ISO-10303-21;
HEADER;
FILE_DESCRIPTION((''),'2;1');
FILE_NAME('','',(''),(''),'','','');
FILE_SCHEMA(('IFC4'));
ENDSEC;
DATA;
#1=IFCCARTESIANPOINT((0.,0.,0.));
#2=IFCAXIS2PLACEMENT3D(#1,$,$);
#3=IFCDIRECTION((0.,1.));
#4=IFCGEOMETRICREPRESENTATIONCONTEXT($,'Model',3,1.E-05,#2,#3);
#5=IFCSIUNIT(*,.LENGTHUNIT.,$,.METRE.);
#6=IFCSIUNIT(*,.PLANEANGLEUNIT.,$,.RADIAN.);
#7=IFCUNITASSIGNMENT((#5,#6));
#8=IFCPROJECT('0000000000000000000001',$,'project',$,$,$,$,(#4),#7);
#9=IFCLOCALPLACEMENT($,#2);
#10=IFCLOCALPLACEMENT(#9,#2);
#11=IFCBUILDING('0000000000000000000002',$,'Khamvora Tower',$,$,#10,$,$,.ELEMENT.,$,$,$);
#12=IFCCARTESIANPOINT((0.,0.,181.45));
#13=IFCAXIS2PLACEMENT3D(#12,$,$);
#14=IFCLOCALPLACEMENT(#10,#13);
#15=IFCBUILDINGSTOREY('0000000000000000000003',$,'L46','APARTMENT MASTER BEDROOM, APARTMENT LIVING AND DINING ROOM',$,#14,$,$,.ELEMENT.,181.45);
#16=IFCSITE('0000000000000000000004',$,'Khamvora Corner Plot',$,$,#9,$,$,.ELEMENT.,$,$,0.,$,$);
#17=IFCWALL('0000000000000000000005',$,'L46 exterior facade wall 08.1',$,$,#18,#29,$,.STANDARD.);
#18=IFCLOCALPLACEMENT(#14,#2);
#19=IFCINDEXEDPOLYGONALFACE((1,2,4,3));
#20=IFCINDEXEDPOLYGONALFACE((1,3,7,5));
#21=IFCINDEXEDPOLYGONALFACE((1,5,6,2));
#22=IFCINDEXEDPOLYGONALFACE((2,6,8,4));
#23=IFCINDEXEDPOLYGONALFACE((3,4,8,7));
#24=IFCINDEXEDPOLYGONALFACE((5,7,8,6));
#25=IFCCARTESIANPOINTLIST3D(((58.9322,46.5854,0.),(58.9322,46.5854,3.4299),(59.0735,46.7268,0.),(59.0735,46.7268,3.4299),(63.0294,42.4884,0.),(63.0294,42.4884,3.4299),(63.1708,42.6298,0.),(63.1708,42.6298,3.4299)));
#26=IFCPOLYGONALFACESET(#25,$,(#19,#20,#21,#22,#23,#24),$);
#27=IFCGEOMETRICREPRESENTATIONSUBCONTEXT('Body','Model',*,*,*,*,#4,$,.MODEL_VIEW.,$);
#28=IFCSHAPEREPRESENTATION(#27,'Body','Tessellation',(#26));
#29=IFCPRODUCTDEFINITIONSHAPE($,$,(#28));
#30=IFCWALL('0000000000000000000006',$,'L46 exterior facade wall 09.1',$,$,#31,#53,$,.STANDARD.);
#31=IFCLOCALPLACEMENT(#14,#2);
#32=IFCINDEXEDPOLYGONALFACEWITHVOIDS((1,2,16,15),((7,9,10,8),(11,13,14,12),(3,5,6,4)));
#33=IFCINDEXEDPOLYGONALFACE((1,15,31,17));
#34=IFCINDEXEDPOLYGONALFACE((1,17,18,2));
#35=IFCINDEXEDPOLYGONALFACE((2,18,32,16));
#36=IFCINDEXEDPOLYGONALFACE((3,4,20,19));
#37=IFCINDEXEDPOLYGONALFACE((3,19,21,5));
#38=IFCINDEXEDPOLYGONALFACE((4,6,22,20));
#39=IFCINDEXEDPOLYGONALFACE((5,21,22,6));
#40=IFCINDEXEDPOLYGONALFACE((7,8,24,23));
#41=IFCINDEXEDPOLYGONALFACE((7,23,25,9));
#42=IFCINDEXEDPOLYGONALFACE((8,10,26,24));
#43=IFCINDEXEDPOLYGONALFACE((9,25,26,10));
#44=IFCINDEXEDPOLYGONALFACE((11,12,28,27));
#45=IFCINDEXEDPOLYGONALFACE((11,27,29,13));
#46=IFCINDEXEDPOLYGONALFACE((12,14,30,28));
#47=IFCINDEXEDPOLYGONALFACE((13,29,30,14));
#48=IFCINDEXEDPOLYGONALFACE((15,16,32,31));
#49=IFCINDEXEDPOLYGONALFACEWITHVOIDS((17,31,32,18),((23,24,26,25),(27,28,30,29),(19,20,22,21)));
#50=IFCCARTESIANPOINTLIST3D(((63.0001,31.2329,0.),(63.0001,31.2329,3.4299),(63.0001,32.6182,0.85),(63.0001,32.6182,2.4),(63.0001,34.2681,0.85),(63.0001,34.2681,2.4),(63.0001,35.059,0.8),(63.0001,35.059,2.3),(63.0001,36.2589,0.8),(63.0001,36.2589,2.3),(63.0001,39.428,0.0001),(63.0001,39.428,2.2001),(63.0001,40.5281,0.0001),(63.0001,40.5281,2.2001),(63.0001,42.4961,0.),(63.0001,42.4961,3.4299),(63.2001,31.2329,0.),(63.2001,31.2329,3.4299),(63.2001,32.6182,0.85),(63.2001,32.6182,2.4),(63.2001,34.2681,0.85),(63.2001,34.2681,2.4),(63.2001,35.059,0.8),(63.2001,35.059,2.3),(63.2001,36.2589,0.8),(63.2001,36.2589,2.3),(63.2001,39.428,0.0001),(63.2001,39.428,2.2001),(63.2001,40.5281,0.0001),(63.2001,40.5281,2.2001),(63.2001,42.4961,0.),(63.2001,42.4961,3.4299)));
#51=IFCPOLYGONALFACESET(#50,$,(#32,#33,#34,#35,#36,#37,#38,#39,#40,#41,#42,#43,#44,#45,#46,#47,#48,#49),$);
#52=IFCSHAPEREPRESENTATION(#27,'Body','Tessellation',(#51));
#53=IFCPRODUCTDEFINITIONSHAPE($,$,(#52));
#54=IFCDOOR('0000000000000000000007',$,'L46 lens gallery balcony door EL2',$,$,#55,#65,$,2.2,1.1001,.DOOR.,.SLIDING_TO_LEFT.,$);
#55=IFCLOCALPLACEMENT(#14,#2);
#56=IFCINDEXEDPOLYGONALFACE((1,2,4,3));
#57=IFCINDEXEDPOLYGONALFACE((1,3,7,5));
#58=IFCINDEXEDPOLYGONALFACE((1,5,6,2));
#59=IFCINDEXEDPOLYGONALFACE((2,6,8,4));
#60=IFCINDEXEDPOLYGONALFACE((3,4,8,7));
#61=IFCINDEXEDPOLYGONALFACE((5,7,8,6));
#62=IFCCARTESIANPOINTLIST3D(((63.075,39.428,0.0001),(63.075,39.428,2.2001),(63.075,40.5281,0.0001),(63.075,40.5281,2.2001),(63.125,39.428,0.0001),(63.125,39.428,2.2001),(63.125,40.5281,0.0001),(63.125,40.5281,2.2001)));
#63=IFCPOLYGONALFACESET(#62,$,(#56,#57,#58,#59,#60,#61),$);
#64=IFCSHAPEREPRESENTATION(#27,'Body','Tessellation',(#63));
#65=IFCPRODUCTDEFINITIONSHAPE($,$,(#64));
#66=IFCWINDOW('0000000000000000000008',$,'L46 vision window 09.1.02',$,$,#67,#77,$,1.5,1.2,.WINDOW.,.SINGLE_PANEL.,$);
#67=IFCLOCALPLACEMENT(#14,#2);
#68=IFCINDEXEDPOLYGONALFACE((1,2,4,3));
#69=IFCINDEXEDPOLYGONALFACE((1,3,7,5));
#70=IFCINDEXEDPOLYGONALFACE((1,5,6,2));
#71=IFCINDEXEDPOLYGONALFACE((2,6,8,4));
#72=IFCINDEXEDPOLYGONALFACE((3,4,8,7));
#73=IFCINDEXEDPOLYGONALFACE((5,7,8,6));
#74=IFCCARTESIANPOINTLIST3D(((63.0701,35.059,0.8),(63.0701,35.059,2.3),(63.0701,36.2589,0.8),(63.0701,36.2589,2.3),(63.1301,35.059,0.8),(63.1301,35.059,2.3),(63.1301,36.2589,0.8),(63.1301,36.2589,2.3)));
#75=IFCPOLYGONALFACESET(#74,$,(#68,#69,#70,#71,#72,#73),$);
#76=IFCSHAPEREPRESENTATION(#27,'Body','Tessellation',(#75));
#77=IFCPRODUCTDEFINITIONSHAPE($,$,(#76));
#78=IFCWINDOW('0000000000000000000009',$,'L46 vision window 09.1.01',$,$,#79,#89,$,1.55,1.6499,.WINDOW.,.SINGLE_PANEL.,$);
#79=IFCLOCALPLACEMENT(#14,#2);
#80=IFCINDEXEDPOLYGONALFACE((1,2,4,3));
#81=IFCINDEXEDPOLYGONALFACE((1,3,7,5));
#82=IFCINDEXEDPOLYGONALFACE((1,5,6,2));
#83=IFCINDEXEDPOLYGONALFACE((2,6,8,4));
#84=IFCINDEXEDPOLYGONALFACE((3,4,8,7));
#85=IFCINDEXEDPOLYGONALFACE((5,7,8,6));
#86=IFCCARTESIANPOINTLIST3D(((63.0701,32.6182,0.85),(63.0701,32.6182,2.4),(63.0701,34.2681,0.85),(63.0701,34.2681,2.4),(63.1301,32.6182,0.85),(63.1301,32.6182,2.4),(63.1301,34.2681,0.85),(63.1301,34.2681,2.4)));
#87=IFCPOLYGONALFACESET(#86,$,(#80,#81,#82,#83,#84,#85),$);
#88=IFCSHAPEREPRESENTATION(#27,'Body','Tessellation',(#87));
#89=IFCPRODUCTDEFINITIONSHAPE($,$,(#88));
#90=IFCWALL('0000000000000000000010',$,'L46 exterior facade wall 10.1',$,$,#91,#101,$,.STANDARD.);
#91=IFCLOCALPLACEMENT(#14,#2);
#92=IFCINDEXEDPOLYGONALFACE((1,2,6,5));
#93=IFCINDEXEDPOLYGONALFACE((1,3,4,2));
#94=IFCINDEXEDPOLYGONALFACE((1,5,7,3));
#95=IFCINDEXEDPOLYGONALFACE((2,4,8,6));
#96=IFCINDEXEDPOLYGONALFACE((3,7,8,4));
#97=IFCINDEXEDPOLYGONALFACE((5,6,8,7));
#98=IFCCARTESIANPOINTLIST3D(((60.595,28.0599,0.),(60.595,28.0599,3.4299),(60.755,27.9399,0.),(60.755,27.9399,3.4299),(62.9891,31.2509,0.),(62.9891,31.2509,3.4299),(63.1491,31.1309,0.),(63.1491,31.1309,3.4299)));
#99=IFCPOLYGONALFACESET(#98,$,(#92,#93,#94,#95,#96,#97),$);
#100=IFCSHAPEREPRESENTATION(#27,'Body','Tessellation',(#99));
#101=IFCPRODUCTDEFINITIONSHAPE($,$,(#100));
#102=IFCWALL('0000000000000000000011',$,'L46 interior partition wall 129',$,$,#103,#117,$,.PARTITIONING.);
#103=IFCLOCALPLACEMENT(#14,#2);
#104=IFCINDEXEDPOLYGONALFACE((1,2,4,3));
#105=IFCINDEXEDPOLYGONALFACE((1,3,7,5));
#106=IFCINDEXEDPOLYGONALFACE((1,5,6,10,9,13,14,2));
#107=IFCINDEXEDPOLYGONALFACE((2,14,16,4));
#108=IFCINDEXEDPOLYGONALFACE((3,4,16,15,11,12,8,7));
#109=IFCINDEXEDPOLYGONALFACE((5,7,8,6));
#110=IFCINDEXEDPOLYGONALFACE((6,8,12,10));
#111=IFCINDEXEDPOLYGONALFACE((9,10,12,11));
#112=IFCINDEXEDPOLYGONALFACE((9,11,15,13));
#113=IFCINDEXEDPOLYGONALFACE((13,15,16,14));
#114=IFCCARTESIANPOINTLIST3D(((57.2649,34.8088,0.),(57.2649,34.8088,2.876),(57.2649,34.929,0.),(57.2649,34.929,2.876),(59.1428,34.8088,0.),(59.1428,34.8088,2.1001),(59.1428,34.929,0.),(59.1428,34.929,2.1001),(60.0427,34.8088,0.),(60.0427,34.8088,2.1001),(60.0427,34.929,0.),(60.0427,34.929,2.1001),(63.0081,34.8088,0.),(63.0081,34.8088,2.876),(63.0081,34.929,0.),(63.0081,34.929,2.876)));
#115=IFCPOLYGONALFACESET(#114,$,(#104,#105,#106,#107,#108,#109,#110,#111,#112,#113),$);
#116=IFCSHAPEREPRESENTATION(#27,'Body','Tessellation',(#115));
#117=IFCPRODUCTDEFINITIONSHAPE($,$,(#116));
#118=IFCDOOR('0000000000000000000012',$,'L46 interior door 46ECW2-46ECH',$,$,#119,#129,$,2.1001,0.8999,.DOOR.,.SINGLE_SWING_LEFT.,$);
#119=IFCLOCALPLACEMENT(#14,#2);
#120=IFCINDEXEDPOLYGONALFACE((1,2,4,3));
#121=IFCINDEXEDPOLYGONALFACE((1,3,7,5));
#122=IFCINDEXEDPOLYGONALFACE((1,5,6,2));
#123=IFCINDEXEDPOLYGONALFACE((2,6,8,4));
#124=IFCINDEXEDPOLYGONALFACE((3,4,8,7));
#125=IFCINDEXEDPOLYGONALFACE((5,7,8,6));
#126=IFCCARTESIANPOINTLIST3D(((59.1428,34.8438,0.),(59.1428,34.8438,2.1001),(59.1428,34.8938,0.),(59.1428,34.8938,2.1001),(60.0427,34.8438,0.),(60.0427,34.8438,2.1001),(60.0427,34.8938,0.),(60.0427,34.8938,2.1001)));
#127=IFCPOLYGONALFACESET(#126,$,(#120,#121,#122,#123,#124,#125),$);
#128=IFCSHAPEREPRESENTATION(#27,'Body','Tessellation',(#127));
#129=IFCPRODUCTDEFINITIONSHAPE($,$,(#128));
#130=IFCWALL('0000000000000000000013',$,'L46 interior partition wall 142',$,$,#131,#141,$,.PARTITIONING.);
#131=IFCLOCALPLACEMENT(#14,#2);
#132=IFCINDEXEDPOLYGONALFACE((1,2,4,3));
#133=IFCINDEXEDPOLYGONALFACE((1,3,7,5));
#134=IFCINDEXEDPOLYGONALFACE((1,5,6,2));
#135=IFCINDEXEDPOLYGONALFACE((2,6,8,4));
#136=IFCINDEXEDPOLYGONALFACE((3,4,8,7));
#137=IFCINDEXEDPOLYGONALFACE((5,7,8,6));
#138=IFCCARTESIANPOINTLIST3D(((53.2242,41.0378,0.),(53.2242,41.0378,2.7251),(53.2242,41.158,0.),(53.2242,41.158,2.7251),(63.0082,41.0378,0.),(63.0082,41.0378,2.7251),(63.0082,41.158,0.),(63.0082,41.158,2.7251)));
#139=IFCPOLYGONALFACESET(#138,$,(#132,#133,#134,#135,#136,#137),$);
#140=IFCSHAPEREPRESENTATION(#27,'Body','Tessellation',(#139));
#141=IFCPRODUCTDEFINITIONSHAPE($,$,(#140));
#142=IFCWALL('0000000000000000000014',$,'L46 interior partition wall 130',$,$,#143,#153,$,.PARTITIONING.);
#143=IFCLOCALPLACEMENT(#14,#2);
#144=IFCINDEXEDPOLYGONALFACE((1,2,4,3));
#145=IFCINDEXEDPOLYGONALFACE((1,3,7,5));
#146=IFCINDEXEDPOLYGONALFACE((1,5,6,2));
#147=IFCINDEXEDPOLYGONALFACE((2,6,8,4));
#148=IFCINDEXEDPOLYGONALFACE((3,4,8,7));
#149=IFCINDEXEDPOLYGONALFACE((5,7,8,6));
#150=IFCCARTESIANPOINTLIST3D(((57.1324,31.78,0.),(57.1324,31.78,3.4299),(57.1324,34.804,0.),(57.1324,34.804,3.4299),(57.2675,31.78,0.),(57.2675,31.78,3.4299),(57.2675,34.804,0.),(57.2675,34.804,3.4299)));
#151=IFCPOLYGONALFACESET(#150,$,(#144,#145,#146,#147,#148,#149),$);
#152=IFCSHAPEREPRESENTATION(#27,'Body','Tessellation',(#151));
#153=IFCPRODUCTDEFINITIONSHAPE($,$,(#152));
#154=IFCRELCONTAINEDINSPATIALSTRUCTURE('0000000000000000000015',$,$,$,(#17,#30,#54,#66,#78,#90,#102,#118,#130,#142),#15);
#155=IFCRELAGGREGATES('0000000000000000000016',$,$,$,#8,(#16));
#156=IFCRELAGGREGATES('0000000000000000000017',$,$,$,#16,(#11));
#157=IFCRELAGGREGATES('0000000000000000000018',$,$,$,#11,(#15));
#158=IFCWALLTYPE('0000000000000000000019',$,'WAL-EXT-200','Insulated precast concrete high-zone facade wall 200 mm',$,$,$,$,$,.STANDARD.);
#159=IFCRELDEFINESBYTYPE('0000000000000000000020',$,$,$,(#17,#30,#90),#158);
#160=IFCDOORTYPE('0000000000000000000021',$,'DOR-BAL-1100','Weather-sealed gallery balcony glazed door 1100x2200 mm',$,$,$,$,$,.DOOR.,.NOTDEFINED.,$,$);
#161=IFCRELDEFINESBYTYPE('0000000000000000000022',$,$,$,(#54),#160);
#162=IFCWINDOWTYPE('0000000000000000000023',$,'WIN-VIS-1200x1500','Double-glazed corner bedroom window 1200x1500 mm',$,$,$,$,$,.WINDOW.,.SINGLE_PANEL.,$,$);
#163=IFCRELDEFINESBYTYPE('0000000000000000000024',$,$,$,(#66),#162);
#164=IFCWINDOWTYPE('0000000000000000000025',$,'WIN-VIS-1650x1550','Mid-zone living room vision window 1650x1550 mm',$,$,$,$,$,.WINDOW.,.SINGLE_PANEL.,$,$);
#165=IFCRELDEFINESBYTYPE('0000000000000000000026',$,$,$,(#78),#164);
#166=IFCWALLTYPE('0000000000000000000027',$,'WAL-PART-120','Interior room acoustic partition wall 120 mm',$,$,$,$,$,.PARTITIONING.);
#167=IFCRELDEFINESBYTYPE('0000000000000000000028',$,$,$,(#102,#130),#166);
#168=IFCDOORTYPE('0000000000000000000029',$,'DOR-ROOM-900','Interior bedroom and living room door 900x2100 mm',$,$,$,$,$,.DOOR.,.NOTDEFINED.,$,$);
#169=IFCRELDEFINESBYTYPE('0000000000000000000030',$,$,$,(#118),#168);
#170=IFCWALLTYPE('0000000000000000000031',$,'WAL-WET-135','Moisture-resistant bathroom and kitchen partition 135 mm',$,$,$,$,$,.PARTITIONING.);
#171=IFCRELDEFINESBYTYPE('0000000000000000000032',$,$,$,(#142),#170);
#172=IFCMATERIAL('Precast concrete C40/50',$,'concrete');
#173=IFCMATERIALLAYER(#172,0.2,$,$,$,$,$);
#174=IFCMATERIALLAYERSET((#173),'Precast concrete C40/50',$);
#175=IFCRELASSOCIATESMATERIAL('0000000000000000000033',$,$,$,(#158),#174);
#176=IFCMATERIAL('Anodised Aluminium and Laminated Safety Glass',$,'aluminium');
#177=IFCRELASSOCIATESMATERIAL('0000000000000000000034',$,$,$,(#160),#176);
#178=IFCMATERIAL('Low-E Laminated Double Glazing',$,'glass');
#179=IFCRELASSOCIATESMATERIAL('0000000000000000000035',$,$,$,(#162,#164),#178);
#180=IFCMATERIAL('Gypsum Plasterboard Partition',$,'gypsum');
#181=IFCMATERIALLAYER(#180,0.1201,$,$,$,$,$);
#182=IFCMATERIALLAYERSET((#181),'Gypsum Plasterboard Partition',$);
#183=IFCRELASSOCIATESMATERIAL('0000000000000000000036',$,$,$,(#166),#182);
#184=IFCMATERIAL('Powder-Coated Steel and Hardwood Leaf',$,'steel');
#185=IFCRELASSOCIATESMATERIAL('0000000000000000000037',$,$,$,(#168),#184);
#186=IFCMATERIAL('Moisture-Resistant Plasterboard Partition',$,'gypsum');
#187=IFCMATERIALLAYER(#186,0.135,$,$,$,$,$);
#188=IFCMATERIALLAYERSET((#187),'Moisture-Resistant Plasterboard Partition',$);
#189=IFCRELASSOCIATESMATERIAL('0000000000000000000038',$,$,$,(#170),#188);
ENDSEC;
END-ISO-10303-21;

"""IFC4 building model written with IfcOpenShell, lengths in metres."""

from ifc_helpers import new_model, si_unit, direction, frame, frame_2d, origin, place, context, subcontext, project, spatial, rectangle, extrude, material, layer, layer_set, type_object, element, fill, save


model = new_model("IFC4")

# Units and contexts
model_context = context("Model", 3, precision=1e-05, world=origin(), true_north=direction((0.0, 1.0)))
body_context = subcontext(model_context, "Body", "Model", "MODEL_VIEW")
ifc_project = project(units=[si_unit("LENGTHUNIT", "METRE"), si_unit("PLANEANGLEUNIT", "RADIAN")], contexts=[model_context])

# Site, building, storey
site_placement = place(None, origin())
site = spatial("IfcSite", under=ifc_project, at=site_placement, Name="Khamvora Corner Plot", CompositionType="ELEMENT", RefElevation=0.0)
building_placement = place(site_placement, origin())
building = spatial("IfcBuilding", under=site, at=building_placement, Name="Khamvora Tower", CompositionType="ELEMENT")
storey_placement = place(building_placement, frame((0.0, 0.0, 181.45)))
storey = spatial("IfcBuildingStorey", under=building, at=storey_placement, Name="L46", Description="APARTMENT MASTER BEDROOM, APARTMENT LIVING AND DINING ROOM", CompositionType="ELEMENT", Elevation=181.45)

# Shared definitions
ifc_material_1 = material(Name="Powder-Coated Steel and Hardwood Leaf", Category="steel")

# Wall
ifc_material_2 = material(Name="Precast concrete C40/50", Category="concrete")
ifc_layer_1 = layer(ifc_material_2, 0.2)
ifc_layer_set_1 = layer_set([ifc_layer_1], Name="Precast concrete C40/50")
wall_type_1 = type_object("IfcWallType", Name="WAL-EXT-200", Description="Insulated precast concrete high-zone facade wall 200 mm", PredefinedType="STANDARD", material=ifc_layer_set_1)
wall_1_placement = place(storey_placement, frame((59.0029, 46.656, 0.0), z_axis=(0.0, 0.0, 1.0), x_axis=(0.707128, -0.707086, 0.0)))
element("IfcWall", 1, at=wall_1_placement, inside=storey, type_object=wall_type_1, Name="L46 exterior facade wall 08.1", PredefinedType="STANDARD", context=body_context, shape_type="SweptSolid", body=[
    extrude(rectangle(XDim=5.7942, YDim=0.2, at=frame_2d((2.897, 0.0))), origin(), (0.0, 0.0, 1.0), 3.4299),
])

# Wall, openings, door, windows
wall_2_placement = place(storey_placement, frame((63.1001, 42.4961, 0.0), z_axis=(0.0, 0.0, 1.0), x_axis=(0.0, -1.0, 0.0)))
wall_2 = element("IfcWall", 2, at=wall_2_placement, inside=storey, type_object=wall_type_1, Name="L46 exterior facade wall 09.1", PredefinedType="STANDARD", context=body_context, shape_type="SweptSolid", body=[
    extrude(rectangle(XDim=11.2632, YDim=0.2, at=frame_2d((5.6316, 0.0))), origin(), (0.0, 0.0, 1.0), 3.4299),
])
opening_1_placement = place(wall_2_placement, frame((1.968, 0.0, 0.0)))
opening_1 = element("IfcOpeningElement", 3, at=opening_1_placement, cuts=wall_2, PredefinedType="OPENING", context=body_context, shape_type="SweptSolid", body=[
    extrude(rectangle(XDim=1.1001, YDim=2.2, at=frame_2d((0.55, 1.1001))), frame((0.0, 0.1099, 0.0), z_axis=(0.0, -1.0, 0.0), x_axis=(1.0, 0.0, 0.0)), (0.0, 0.0, 1.0), 0.22),
])
opening_2_placement = place(wall_2_placement, frame((8.228, 0.0, 0.8501)))
opening_2 = element("IfcOpeningElement", 4, at=opening_2_placement, cuts=wall_2, PredefinedType="OPENING", context=body_context, shape_type="SweptSolid", body=[
    extrude(rectangle(XDim=1.6499, YDim=1.55, at=frame_2d((0.825, 0.7749))), frame((0.0, 0.1099, 0.0), z_axis=(0.0, -1.0, 0.0), x_axis=(1.0, 0.0, 0.0)), (0.0, 0.0, 1.0), 0.22),
])
opening_3_placement = place(wall_2_placement, frame((6.2371, 0.0, 0.8)))
opening_3 = element("IfcOpeningElement", 5, at=opening_3_placement, cuts=wall_2, PredefinedType="OPENING", context=body_context, shape_type="SweptSolid", body=[
    extrude(rectangle(XDim=1.2, YDim=1.5, at=frame_2d((0.6001, 0.75))), frame((0.0, 0.1099, 0.0), z_axis=(0.0, -1.0, 0.0), x_axis=(1.0, 0.0, 0.0)), (0.0, 0.0, 1.0), 0.22),
])
ifc_material_3 = material(Name="Anodised Aluminium and Laminated Safety Glass", Category="aluminium")
door_type_1 = type_object("IfcDoorType", Name="DOR-BAL-1100", Description="Weather-sealed gallery balcony glazed door 1100x2200 mm", OperationType="NOTDEFINED", PredefinedType="DOOR", material=ifc_material_3)
door_1_placement = place(opening_1_placement, origin())
door_1 = element("IfcDoor", 6, at=door_1_placement, inside=storey, type_object=door_type_1, Name="L46 lens gallery balcony door EL2", OperationType="SLIDING_TO_LEFT", OverallHeight=2.2, OverallWidth=1.1001, PredefinedType="DOOR", context=body_context, shape_type="SweptSolid", body=[
    extrude(rectangle(XDim=1.1001, YDim=2.2, at=frame_2d((0.55, 1.1001))), frame((0.0, 0.0249, 0.0), z_axis=(0.0, -1.0, 0.0), x_axis=(1.0, 0.0, 0.0)), (0.0, 0.0, 1.0), 0.05),
])
fill(opening_1, door_1)
ifc_material_4 = material(Name="Low-E Laminated Double Glazing", Category="glass")
window_type_1 = type_object("IfcWindowType", Name="WIN-VIS-1200x1500", Description="Double-glazed corner bedroom window 1200x1500 mm", PartitioningType="SINGLE_PANEL", PredefinedType="WINDOW", material=ifc_material_4)
window_1_placement = place(opening_3_placement, origin())
window_1 = element("IfcWindow", 7, at=window_1_placement, inside=storey, type_object=window_type_1, Name="L46 vision window 09.1.02", OverallHeight=1.5, OverallWidth=1.2, PartitioningType="SINGLE_PANEL", PredefinedType="WINDOW", context=body_context, shape_type="SweptSolid", body=[
    extrude(rectangle(XDim=1.2, YDim=1.5, at=frame_2d((0.6001, 0.75))), frame((0.0, 0.03, 0.0), z_axis=(0.0, -1.0, 0.0), x_axis=(1.0, 0.0, 0.0)), (0.0, 0.0, 1.0), 0.0601),
])
fill(opening_3, window_1)
window_type_2 = type_object("IfcWindowType", Name="WIN-VIS-1650x1550", Description="Mid-zone living room vision window 1650x1550 mm", PartitioningType="SINGLE_PANEL", PredefinedType="WINDOW", material=ifc_material_4)
window_2_placement = place(opening_2_placement, origin())
window_2 = element("IfcWindow", 8, at=window_2_placement, inside=storey, type_object=window_type_2, Name="L46 vision window 09.1.01", OverallHeight=1.55, OverallWidth=1.6499, PartitioningType="SINGLE_PANEL", PredefinedType="WINDOW", context=body_context, shape_type="SweptSolid", body=[
    extrude(rectangle(XDim=1.6499, YDim=1.55, at=frame_2d((0.825, 0.7749))), frame((0.0, 0.03, 0.0), z_axis=(0.0, -1.0, 0.0), x_axis=(1.0, 0.0, 0.0)), (0.0, 0.0, 1.0), 0.0601),
])
fill(opening_2, window_2)

# Wall
wall_3_placement = place(storey_placement, frame((63.0691, 31.1909, 0.0), z_axis=(0.0, 0.0, 1.0), x_axis=(-0.600137, -0.799897, 0.0)))
element("IfcWall", 9, at=wall_3_placement, inside=storey, type_object=wall_type_1, Name="L46 exterior facade wall 10.1", PredefinedType="STANDARD", context=body_context, shape_type="SweptSolid", body=[
    extrude(rectangle(XDim=3.9893, YDim=0.2, at=frame_2d((1.9946, 0.0))), origin(), (0.0, 0.0, 1.0), 3.4299),
])

# Wall, opening, door
ifc_material_5 = material(Name="Gypsum Plasterboard Partition", Category="gypsum")
ifc_layer_2 = layer(ifc_material_5, 0.1201)
ifc_layer_set_2 = layer_set([ifc_layer_2], Name="Gypsum Plasterboard Partition")
wall_type_2 = type_object("IfcWallType", Name="WAL-PART-120", Description="Interior room acoustic partition wall 120 mm", PredefinedType="PARTITIONING", material=ifc_layer_set_2)
wall_4_placement = place(storey_placement, frame((57.2649, 34.8689, 0.0), z_axis=(0.0, 0.0, 1.0), x_axis=(1.0, 0.0, 0.0)))
wall_4 = element("IfcWall", 10, at=wall_4_placement, inside=storey, type_object=wall_type_2, Name="L46 interior partition wall 129", PredefinedType="PARTITIONING", context=body_context, shape_type="SweptSolid", body=[
    extrude(rectangle(XDim=5.7432, YDim=0.1201, at=frame_2d((2.8716, 0.0))), origin(), (0.0, 0.0, 1.0), 2.876),
])
opening_4_placement = place(wall_4_placement, frame((1.8779, 0.0, 0.0)))
opening_4 = element("IfcOpeningElement", 11, at=opening_4_placement, cuts=wall_4, PredefinedType="OPENING", context=body_context, shape_type="SweptSolid", body=[
    extrude(rectangle(XDim=0.8999, YDim=2.1001, at=frame_2d((0.45, 1.05))), frame((0.0, 0.0701, 0.0), z_axis=(0.0, -1.0, 0.0), x_axis=(1.0, 0.0, 0.0)), (0.0, 0.0, 1.0), 0.1401),
])
door_type_2 = type_object("IfcDoorType", Name="DOR-ROOM-900", Description="Interior bedroom and living room door 900x2100 mm", OperationType="NOTDEFINED", PredefinedType="DOOR", material=ifc_material_1)
door_2_placement = place(opening_4_placement, origin())
door_2 = element("IfcDoor", 12, at=door_2_placement, inside=storey, type_object=door_type_2, Name="L46 interior door 46ECW2-46ECH", OperationType="SINGLE_SWING_LEFT", OverallHeight=2.1001, OverallWidth=0.8999, PredefinedType="DOOR", context=body_context, shape_type="SweptSolid", body=[
    extrude(rectangle(XDim=0.8999, YDim=2.1001, at=frame_2d((0.45, 1.05))), frame((0.0, 0.0249, 0.0), z_axis=(0.0, -1.0, 0.0), x_axis=(1.0, 0.0, 0.0)), (0.0, 0.0, 1.0), 0.05),
])
fill(opening_4, door_2)

# Walls
wall_5_placement = place(storey_placement, frame((53.2241, 41.0979, 0.0), z_axis=(0.0, 0.0, 1.0), x_axis=(1.0, 0.0, 0.0)))
element("IfcWall", 13, at=wall_5_placement, inside=storey, type_object=wall_type_2, Name="L46 interior partition wall 142", PredefinedType="PARTITIONING", context=body_context, shape_type="SweptSolid", body=[
    extrude(rectangle(XDim=9.7839, YDim=0.1201, at=frame_2d((4.8921, 0.0))), origin(), (0.0, 0.0, 1.0), 2.7251),
])
ifc_material_6 = material(Name="Moisture-Resistant Plasterboard Partition", Category="gypsum")
ifc_layer_3 = layer(ifc_material_6, 0.135)
ifc_layer_set_3 = layer_set([ifc_layer_3], Name="Moisture-Resistant Plasterboard Partition")
wall_type_3 = type_object("IfcWallType", Name="WAL-WET-135", Description="Moisture-resistant bathroom and kitchen partition 135 mm", PredefinedType="PARTITIONING", material=ifc_layer_set_3)
wall_6_placement = place(storey_placement, frame((57.2, 31.78, 0.0), z_axis=(0.0, 0.0, 1.0), x_axis=(0.0, 1.0, 0.0)))
element("IfcWall", 14, at=wall_6_placement, inside=storey, type_object=wall_type_3, Name="L46 interior partition wall 130", PredefinedType="PARTITIONING", context=body_context, shape_type="SweptSolid", body=[
    extrude(rectangle(XDim=3.0239, YDim=0.135, at=frame_2d((1.512, 0.0))), origin(), (0.0, 0.0, 1.0), 3.4299),
])

save(model, "model.ifc")
